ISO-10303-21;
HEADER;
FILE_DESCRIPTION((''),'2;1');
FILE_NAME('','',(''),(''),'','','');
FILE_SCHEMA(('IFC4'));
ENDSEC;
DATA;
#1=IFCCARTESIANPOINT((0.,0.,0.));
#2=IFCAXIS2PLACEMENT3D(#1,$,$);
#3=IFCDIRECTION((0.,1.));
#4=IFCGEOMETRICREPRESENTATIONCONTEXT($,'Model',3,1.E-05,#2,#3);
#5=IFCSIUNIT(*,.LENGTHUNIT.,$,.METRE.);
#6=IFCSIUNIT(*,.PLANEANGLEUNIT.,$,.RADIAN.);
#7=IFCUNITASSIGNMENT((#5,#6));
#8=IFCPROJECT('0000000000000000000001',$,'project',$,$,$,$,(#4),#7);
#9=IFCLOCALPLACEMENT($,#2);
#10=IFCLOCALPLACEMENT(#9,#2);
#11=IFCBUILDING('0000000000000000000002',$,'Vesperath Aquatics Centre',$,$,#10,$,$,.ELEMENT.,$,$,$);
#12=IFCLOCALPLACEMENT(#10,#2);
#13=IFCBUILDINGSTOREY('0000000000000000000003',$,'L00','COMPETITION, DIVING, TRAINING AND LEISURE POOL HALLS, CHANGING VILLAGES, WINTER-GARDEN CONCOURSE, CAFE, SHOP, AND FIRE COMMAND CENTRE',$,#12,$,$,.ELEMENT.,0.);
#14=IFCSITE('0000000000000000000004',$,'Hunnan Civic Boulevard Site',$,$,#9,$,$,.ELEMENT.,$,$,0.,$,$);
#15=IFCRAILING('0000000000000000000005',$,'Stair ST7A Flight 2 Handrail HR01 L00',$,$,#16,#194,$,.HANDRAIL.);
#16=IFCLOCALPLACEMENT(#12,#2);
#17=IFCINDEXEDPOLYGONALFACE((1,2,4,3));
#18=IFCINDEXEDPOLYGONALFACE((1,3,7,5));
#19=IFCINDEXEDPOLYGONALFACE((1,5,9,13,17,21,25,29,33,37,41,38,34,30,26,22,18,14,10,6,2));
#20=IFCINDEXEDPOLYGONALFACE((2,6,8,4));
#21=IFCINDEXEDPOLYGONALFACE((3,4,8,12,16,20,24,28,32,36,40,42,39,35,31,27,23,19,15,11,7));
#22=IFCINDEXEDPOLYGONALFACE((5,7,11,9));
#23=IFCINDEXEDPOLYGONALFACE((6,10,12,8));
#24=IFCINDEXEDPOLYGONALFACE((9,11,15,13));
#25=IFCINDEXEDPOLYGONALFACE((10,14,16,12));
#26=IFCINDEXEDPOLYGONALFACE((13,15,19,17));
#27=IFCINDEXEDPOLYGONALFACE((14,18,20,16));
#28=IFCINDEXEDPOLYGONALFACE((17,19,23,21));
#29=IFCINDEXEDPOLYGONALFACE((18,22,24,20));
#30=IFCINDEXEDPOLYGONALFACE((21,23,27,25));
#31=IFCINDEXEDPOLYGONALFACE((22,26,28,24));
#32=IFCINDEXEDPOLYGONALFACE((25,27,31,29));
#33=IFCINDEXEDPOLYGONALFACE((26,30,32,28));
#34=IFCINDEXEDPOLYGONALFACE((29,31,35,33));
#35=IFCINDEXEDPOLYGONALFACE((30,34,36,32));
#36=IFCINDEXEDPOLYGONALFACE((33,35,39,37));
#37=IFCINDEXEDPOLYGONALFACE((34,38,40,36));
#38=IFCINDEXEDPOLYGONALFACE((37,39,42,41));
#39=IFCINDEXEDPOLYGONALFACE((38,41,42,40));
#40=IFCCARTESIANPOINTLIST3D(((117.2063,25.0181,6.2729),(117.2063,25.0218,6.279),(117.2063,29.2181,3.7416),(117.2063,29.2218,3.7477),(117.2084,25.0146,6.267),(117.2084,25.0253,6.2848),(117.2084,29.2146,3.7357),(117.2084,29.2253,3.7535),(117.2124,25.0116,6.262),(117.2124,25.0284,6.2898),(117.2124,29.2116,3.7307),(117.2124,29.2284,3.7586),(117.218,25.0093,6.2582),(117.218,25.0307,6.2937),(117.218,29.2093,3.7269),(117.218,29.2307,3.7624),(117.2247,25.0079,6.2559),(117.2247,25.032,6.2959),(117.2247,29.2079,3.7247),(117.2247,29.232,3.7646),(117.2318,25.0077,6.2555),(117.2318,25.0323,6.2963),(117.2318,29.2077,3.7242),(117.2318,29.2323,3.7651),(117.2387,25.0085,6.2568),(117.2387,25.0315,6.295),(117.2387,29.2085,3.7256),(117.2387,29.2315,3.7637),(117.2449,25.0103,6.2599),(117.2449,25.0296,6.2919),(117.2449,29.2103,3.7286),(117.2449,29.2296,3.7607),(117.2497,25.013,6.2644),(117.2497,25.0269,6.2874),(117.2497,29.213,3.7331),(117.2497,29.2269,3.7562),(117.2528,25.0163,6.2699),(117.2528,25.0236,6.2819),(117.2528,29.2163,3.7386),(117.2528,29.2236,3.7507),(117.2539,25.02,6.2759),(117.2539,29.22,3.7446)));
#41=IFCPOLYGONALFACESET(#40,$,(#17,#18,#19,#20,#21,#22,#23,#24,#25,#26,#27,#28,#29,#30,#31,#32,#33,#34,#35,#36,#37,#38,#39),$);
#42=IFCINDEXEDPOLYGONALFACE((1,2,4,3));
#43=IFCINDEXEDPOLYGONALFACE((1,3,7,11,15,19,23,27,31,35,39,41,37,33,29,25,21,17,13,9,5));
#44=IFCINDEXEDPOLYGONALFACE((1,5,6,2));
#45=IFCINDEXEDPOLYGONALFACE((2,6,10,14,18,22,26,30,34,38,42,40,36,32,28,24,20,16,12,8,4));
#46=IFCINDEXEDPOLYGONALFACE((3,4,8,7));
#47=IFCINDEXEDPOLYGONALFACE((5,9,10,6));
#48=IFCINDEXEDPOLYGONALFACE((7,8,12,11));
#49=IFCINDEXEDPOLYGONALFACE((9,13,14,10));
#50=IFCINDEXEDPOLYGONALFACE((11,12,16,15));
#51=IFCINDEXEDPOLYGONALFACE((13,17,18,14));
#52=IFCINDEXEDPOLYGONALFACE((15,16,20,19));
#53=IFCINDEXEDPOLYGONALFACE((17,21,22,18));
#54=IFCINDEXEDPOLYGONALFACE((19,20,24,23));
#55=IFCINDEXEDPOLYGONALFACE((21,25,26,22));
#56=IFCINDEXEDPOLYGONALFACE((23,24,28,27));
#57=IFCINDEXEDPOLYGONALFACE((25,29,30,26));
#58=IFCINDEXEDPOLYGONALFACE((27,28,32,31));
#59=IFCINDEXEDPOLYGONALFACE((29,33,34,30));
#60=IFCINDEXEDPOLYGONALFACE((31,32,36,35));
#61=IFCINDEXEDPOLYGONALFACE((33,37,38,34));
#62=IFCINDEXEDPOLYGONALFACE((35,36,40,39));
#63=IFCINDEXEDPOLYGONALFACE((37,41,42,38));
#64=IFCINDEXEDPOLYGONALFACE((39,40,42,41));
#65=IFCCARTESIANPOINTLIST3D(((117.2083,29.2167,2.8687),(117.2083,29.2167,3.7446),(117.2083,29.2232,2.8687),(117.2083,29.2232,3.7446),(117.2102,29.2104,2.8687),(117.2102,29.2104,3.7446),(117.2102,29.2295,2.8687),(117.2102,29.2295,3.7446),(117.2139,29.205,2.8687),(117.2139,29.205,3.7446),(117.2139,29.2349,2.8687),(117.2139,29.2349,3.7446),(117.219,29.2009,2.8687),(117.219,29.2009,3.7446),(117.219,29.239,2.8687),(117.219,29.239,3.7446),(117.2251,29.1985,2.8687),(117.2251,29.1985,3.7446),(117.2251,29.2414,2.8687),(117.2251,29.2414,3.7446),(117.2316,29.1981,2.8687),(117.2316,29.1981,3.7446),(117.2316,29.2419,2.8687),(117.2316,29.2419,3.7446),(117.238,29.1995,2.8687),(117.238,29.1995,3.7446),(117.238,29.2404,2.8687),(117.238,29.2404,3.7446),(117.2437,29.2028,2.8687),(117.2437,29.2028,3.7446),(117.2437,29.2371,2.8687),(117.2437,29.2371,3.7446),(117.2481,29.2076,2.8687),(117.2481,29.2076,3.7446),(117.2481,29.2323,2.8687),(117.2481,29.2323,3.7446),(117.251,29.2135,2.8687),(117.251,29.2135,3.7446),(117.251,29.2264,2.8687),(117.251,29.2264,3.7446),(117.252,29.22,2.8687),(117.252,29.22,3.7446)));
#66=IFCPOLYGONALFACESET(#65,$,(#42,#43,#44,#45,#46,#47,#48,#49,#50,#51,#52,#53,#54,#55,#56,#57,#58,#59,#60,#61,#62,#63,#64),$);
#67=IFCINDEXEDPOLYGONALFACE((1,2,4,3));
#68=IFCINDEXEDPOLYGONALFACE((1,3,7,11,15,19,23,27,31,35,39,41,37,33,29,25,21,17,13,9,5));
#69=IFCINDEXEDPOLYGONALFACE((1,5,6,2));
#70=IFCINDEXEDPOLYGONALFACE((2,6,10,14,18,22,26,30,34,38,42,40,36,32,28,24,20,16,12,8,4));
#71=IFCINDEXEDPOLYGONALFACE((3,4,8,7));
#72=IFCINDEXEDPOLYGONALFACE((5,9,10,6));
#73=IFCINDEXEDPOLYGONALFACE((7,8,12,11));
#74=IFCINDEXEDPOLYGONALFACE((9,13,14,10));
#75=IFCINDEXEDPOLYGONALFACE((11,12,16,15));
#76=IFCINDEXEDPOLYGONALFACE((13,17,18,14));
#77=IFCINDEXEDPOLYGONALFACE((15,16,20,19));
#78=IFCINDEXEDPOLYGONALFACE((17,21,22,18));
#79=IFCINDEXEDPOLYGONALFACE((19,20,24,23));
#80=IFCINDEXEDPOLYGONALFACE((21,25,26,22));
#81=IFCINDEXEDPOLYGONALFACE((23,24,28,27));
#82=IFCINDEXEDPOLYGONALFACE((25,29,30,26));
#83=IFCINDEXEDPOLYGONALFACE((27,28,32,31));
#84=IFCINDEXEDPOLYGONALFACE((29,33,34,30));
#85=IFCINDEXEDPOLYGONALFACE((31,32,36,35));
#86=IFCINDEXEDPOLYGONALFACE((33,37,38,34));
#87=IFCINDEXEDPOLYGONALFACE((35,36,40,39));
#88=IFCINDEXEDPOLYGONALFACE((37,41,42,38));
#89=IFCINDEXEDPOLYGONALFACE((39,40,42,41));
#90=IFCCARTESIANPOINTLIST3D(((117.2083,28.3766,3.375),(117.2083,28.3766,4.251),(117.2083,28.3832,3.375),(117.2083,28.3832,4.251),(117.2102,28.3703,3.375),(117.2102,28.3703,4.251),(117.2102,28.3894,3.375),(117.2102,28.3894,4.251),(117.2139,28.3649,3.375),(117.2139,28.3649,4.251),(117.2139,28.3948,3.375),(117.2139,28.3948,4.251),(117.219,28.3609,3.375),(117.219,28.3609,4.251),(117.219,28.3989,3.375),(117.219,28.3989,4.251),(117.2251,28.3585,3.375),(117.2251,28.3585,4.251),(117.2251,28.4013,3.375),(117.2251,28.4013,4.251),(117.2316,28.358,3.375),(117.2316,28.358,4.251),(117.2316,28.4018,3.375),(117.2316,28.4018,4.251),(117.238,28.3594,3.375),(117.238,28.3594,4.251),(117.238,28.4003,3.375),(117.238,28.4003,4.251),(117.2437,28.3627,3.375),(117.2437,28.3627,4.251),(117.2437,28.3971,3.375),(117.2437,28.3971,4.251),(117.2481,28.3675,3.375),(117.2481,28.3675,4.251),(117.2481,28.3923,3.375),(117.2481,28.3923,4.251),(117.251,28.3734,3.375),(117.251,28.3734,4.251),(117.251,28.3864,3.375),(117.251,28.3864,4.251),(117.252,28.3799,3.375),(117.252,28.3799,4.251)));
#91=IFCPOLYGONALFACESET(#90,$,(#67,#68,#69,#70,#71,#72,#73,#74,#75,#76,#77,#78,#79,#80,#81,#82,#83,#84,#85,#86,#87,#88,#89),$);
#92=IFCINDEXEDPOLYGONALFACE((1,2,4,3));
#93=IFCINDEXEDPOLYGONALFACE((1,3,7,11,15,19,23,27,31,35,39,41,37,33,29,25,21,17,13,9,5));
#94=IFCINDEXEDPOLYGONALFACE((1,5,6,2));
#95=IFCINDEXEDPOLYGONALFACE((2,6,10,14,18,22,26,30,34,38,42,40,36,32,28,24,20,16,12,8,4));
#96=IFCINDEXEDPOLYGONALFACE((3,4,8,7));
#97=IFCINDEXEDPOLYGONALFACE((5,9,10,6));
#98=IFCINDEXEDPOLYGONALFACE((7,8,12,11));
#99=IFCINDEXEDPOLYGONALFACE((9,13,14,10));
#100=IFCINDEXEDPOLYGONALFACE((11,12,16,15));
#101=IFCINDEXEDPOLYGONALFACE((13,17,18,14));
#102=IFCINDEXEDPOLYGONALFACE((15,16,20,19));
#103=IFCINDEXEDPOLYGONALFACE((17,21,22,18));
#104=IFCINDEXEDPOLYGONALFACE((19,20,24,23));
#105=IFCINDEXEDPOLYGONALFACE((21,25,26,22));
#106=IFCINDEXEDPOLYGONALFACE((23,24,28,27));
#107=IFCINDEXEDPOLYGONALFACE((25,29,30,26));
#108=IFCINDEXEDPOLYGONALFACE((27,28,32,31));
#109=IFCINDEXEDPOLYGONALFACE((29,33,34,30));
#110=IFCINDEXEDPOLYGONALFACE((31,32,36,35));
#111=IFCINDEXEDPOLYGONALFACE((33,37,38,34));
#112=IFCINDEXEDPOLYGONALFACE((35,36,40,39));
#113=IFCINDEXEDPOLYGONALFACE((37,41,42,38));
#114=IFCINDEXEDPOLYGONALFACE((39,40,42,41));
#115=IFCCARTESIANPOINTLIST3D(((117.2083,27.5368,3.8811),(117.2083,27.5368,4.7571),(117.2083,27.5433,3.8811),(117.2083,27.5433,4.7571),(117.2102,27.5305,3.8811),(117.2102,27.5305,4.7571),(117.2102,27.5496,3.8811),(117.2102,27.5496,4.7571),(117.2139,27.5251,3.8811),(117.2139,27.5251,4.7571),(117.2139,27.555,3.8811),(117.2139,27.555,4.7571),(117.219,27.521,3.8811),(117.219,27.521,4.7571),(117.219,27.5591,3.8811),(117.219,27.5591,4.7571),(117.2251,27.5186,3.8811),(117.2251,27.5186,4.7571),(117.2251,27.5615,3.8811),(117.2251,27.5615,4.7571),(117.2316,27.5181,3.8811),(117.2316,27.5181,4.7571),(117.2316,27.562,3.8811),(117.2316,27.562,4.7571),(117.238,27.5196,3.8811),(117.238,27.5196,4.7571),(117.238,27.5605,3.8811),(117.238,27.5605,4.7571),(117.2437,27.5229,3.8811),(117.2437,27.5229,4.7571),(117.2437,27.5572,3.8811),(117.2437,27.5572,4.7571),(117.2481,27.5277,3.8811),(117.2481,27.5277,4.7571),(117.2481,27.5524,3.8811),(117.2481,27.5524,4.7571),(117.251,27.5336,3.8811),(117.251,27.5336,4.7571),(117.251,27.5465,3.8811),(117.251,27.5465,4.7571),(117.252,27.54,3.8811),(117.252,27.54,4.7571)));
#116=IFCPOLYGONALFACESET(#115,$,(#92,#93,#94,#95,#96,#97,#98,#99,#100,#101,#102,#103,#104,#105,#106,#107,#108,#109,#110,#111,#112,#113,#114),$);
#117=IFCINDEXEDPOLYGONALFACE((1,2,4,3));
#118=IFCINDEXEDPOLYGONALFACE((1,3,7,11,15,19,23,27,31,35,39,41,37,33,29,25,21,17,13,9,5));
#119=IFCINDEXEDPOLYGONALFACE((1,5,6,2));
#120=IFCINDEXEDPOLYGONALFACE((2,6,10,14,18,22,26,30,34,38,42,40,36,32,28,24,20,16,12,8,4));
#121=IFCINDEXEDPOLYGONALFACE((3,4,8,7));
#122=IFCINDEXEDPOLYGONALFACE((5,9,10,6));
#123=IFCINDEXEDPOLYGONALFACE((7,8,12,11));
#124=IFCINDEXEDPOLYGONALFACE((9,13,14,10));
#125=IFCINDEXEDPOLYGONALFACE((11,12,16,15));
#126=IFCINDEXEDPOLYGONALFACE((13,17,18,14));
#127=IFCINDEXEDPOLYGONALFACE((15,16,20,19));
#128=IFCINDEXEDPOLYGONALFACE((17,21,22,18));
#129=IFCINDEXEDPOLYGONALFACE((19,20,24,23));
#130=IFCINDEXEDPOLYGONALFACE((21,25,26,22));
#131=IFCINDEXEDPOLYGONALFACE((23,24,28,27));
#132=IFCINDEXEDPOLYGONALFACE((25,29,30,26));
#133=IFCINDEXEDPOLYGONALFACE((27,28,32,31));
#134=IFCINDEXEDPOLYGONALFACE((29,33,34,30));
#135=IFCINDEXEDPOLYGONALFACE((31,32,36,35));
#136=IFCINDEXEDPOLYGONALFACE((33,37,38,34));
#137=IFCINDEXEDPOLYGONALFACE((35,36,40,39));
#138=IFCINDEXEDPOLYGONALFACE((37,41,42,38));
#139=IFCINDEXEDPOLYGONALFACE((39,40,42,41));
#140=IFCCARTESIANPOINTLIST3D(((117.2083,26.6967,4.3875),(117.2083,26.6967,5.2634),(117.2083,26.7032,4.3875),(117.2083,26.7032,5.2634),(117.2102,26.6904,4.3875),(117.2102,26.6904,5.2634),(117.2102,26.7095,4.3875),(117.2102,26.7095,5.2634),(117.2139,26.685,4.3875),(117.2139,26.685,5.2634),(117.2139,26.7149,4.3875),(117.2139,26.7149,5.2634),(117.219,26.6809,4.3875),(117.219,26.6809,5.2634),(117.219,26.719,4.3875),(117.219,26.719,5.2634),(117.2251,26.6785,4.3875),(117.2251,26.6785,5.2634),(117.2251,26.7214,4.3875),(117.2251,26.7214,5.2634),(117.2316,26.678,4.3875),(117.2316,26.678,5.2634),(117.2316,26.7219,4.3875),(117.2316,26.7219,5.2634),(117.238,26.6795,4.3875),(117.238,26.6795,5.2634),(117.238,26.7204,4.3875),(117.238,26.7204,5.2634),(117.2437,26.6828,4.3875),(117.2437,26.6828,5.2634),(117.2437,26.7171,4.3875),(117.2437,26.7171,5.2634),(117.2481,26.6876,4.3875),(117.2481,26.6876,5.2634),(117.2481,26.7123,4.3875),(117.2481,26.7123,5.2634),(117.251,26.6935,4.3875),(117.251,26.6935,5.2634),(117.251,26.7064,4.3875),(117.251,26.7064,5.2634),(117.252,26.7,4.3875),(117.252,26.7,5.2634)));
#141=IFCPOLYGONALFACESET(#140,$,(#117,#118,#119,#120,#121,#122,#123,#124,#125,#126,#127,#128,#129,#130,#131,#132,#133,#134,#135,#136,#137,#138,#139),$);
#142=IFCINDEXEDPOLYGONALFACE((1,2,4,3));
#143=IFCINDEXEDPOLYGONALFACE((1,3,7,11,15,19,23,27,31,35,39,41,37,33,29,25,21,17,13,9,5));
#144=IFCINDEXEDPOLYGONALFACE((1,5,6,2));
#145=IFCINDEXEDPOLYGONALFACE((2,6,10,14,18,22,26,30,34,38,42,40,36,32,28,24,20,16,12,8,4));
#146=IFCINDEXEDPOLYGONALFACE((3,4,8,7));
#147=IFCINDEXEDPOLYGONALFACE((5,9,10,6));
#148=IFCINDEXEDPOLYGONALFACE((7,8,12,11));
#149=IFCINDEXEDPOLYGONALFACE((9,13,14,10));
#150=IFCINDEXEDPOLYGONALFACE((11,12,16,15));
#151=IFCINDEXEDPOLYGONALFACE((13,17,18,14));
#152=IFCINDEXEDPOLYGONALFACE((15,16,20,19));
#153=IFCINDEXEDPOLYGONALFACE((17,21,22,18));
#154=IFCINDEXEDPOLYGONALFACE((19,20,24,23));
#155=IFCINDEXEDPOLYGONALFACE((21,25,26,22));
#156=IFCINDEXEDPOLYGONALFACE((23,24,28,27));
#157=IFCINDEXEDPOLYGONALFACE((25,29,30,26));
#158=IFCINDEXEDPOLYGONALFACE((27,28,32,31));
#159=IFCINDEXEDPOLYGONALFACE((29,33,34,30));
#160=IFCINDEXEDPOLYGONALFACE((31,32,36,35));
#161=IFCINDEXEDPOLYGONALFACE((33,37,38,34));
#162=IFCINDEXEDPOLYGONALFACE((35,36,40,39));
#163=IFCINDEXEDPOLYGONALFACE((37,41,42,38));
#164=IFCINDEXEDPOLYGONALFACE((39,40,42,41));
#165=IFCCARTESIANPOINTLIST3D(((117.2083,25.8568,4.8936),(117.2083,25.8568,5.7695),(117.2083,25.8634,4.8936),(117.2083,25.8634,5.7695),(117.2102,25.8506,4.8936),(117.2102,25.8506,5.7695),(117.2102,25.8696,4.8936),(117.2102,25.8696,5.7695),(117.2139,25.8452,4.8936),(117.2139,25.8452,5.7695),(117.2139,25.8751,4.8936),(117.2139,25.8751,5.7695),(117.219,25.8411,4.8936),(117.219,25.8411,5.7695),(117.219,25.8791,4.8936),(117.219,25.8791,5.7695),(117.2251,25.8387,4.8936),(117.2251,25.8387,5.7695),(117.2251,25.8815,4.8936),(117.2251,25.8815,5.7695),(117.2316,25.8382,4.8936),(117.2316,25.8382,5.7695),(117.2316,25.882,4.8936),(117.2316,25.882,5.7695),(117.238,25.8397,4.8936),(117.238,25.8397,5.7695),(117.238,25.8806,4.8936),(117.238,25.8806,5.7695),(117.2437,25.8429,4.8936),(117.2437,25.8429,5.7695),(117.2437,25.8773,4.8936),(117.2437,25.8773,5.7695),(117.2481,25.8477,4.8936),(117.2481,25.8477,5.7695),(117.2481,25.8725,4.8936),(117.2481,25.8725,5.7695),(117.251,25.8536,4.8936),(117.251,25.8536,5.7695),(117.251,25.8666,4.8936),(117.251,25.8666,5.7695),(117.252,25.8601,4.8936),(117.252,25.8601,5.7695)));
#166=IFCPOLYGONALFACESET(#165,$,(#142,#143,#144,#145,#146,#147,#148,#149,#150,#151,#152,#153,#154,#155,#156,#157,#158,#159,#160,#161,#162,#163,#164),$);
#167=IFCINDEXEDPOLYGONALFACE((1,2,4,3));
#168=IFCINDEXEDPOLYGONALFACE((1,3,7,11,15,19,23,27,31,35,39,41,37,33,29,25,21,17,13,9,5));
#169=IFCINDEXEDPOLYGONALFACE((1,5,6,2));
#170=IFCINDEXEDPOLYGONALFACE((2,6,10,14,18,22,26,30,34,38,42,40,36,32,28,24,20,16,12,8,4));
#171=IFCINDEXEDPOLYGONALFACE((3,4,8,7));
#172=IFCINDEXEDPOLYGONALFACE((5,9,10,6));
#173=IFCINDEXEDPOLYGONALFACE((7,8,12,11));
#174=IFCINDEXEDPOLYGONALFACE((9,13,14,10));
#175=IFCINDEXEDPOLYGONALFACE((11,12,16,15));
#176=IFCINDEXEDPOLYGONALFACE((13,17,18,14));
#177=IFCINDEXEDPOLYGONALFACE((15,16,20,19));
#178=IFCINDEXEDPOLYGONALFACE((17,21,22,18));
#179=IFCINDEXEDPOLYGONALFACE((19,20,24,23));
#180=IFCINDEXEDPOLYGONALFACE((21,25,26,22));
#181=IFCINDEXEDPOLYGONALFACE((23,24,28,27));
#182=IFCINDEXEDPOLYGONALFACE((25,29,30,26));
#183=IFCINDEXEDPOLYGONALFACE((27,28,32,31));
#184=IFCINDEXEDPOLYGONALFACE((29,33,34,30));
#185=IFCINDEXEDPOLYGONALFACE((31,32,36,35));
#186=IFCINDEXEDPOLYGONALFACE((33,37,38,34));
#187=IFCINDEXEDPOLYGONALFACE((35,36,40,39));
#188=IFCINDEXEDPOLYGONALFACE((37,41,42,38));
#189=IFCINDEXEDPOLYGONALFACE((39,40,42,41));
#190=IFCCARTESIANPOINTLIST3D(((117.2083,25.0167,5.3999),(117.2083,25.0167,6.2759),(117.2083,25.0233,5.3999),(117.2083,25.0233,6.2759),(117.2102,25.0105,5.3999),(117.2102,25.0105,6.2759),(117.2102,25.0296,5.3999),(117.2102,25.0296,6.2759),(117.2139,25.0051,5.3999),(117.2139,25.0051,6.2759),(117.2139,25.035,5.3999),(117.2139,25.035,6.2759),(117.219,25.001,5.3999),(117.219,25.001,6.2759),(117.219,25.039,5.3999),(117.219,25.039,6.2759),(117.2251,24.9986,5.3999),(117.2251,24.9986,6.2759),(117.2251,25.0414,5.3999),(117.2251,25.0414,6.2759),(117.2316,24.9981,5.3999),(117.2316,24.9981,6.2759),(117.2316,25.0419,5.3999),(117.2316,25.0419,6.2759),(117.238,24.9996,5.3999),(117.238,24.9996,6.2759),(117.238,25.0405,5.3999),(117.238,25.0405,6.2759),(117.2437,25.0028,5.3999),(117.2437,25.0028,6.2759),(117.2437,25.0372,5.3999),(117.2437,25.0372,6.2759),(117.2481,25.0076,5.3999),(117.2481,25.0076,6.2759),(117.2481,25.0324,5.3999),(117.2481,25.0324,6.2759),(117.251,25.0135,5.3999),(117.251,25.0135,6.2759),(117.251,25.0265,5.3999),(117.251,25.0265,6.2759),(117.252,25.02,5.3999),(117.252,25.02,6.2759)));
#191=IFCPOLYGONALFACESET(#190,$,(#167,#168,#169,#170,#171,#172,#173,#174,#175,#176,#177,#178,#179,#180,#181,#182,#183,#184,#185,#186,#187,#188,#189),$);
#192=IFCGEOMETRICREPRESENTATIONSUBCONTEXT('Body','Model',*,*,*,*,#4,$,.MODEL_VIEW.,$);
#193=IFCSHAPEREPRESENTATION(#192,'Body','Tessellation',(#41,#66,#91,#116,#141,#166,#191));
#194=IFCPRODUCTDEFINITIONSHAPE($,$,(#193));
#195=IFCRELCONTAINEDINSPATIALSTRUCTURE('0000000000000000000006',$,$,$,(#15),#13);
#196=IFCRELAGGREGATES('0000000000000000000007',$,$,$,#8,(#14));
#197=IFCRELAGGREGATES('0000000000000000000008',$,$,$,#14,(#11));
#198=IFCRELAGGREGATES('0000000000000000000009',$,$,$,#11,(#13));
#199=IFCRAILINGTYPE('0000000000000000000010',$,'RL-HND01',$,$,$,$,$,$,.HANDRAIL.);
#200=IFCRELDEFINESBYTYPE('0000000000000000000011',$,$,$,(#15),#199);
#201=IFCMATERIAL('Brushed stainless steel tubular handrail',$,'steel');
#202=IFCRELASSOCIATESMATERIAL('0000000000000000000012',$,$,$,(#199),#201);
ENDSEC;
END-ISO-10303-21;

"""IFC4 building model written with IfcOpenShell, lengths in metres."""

from ifc_helpers import new_model, si_unit, direction, frame, origin, origin_2d, place, context, subcontext, project, spatial, circle, extrude, material, type_object, element, save


model = new_model("IFC4")

# Units and contexts
model_context = context("Model", 3, precision=1e-05, world=origin(), true_north=direction((0.0, 1.0)))
body_context = subcontext(model_context, "Body", "Model", "MODEL_VIEW")
ifc_project = project(units=[si_unit("LENGTHUNIT", "METRE"), si_unit("PLANEANGLEUNIT", "RADIAN")], contexts=[model_context])

# Site, building, storey
site_placement = place(None, origin())
site = spatial("IfcSite", under=ifc_project, at=site_placement, Name="Hunnan Civic Boulevard Site", CompositionType="ELEMENT", RefElevation=0.0)
building_placement = place(site_placement, origin())
building = spatial("IfcBuilding", under=site, at=building_placement, Name="Vesperath Aquatics Centre", CompositionType="ELEMENT")
storey_placement = place(building_placement, origin())
storey = spatial("IfcBuildingStorey", under=building, at=storey_placement, Name="L00", Description="COMPETITION, DIVING, TRAINING AND LEISURE POOL HALLS, CHANGING VILLAGES, WINTER-GARDEN CONCOURSE, CAFE, SHOP, AND FIRE COMMAND CENTRE", CompositionType="ELEMENT", Elevation=0.0)

# Railing
ifc_material_1 = material(Name="Brushed stainless steel tubular handrail", Category="steel")
railing_type_1 = type_object("IfcRailingType", Name="RL-HND01", PredefinedType="HANDRAIL", material=ifc_material_1)
railing_1_placement = place(storey_placement, frame((117.23, 29.22, 2.8687)))
element("IfcRailing", 1, at=railing_1_placement, inside=storey, type_object=railing_type_1, Name="Stair ST7A Flight 2 Handrail HR01 L00", PredefinedType="HANDRAIL", context=body_context, shape_type="SweptSolid", body=[
    extrude(circle(Radius=0.0239, at=origin_2d()), frame((0.0, 0.0, 0.876), z_axis=(0.0, -0.856476, 0.516186), x_axis=(1.0, 0.0, 0.0)), (0.0, 0.0, 1.0), 4.9038),
    extrude(circle(Radius=0.022, at=origin_2d()), origin(), (0.0, 0.0, 1.0), 0.876),
    extrude(circle(Radius=0.022, at=origin_2d()), frame((0.0, -0.8401, 0.5063)), (0.0, 0.0, 1.0), 0.876),
    extrude(circle(Radius=0.022, at=origin_2d()), frame((0.0, -1.6799, 1.0125)), (0.0, 0.0, 1.0), 0.876),
    extrude(circle(Radius=0.022, at=origin_2d()), frame((0.0, -2.52, 1.5188)), (0.0, 0.0, 1.0), 0.876),
    extrude(circle(Radius=0.022, at=origin_2d()), frame((0.0, -3.3599, 2.0249)), (0.0, 0.0, 1.0), 0.876),
    extrude(circle(Radius=0.022, at=origin_2d()), frame((0.0, -4.2, 2.5312)), (0.0, 0.0, 1.0), 0.876),
])

save(model, "model.ifc")
